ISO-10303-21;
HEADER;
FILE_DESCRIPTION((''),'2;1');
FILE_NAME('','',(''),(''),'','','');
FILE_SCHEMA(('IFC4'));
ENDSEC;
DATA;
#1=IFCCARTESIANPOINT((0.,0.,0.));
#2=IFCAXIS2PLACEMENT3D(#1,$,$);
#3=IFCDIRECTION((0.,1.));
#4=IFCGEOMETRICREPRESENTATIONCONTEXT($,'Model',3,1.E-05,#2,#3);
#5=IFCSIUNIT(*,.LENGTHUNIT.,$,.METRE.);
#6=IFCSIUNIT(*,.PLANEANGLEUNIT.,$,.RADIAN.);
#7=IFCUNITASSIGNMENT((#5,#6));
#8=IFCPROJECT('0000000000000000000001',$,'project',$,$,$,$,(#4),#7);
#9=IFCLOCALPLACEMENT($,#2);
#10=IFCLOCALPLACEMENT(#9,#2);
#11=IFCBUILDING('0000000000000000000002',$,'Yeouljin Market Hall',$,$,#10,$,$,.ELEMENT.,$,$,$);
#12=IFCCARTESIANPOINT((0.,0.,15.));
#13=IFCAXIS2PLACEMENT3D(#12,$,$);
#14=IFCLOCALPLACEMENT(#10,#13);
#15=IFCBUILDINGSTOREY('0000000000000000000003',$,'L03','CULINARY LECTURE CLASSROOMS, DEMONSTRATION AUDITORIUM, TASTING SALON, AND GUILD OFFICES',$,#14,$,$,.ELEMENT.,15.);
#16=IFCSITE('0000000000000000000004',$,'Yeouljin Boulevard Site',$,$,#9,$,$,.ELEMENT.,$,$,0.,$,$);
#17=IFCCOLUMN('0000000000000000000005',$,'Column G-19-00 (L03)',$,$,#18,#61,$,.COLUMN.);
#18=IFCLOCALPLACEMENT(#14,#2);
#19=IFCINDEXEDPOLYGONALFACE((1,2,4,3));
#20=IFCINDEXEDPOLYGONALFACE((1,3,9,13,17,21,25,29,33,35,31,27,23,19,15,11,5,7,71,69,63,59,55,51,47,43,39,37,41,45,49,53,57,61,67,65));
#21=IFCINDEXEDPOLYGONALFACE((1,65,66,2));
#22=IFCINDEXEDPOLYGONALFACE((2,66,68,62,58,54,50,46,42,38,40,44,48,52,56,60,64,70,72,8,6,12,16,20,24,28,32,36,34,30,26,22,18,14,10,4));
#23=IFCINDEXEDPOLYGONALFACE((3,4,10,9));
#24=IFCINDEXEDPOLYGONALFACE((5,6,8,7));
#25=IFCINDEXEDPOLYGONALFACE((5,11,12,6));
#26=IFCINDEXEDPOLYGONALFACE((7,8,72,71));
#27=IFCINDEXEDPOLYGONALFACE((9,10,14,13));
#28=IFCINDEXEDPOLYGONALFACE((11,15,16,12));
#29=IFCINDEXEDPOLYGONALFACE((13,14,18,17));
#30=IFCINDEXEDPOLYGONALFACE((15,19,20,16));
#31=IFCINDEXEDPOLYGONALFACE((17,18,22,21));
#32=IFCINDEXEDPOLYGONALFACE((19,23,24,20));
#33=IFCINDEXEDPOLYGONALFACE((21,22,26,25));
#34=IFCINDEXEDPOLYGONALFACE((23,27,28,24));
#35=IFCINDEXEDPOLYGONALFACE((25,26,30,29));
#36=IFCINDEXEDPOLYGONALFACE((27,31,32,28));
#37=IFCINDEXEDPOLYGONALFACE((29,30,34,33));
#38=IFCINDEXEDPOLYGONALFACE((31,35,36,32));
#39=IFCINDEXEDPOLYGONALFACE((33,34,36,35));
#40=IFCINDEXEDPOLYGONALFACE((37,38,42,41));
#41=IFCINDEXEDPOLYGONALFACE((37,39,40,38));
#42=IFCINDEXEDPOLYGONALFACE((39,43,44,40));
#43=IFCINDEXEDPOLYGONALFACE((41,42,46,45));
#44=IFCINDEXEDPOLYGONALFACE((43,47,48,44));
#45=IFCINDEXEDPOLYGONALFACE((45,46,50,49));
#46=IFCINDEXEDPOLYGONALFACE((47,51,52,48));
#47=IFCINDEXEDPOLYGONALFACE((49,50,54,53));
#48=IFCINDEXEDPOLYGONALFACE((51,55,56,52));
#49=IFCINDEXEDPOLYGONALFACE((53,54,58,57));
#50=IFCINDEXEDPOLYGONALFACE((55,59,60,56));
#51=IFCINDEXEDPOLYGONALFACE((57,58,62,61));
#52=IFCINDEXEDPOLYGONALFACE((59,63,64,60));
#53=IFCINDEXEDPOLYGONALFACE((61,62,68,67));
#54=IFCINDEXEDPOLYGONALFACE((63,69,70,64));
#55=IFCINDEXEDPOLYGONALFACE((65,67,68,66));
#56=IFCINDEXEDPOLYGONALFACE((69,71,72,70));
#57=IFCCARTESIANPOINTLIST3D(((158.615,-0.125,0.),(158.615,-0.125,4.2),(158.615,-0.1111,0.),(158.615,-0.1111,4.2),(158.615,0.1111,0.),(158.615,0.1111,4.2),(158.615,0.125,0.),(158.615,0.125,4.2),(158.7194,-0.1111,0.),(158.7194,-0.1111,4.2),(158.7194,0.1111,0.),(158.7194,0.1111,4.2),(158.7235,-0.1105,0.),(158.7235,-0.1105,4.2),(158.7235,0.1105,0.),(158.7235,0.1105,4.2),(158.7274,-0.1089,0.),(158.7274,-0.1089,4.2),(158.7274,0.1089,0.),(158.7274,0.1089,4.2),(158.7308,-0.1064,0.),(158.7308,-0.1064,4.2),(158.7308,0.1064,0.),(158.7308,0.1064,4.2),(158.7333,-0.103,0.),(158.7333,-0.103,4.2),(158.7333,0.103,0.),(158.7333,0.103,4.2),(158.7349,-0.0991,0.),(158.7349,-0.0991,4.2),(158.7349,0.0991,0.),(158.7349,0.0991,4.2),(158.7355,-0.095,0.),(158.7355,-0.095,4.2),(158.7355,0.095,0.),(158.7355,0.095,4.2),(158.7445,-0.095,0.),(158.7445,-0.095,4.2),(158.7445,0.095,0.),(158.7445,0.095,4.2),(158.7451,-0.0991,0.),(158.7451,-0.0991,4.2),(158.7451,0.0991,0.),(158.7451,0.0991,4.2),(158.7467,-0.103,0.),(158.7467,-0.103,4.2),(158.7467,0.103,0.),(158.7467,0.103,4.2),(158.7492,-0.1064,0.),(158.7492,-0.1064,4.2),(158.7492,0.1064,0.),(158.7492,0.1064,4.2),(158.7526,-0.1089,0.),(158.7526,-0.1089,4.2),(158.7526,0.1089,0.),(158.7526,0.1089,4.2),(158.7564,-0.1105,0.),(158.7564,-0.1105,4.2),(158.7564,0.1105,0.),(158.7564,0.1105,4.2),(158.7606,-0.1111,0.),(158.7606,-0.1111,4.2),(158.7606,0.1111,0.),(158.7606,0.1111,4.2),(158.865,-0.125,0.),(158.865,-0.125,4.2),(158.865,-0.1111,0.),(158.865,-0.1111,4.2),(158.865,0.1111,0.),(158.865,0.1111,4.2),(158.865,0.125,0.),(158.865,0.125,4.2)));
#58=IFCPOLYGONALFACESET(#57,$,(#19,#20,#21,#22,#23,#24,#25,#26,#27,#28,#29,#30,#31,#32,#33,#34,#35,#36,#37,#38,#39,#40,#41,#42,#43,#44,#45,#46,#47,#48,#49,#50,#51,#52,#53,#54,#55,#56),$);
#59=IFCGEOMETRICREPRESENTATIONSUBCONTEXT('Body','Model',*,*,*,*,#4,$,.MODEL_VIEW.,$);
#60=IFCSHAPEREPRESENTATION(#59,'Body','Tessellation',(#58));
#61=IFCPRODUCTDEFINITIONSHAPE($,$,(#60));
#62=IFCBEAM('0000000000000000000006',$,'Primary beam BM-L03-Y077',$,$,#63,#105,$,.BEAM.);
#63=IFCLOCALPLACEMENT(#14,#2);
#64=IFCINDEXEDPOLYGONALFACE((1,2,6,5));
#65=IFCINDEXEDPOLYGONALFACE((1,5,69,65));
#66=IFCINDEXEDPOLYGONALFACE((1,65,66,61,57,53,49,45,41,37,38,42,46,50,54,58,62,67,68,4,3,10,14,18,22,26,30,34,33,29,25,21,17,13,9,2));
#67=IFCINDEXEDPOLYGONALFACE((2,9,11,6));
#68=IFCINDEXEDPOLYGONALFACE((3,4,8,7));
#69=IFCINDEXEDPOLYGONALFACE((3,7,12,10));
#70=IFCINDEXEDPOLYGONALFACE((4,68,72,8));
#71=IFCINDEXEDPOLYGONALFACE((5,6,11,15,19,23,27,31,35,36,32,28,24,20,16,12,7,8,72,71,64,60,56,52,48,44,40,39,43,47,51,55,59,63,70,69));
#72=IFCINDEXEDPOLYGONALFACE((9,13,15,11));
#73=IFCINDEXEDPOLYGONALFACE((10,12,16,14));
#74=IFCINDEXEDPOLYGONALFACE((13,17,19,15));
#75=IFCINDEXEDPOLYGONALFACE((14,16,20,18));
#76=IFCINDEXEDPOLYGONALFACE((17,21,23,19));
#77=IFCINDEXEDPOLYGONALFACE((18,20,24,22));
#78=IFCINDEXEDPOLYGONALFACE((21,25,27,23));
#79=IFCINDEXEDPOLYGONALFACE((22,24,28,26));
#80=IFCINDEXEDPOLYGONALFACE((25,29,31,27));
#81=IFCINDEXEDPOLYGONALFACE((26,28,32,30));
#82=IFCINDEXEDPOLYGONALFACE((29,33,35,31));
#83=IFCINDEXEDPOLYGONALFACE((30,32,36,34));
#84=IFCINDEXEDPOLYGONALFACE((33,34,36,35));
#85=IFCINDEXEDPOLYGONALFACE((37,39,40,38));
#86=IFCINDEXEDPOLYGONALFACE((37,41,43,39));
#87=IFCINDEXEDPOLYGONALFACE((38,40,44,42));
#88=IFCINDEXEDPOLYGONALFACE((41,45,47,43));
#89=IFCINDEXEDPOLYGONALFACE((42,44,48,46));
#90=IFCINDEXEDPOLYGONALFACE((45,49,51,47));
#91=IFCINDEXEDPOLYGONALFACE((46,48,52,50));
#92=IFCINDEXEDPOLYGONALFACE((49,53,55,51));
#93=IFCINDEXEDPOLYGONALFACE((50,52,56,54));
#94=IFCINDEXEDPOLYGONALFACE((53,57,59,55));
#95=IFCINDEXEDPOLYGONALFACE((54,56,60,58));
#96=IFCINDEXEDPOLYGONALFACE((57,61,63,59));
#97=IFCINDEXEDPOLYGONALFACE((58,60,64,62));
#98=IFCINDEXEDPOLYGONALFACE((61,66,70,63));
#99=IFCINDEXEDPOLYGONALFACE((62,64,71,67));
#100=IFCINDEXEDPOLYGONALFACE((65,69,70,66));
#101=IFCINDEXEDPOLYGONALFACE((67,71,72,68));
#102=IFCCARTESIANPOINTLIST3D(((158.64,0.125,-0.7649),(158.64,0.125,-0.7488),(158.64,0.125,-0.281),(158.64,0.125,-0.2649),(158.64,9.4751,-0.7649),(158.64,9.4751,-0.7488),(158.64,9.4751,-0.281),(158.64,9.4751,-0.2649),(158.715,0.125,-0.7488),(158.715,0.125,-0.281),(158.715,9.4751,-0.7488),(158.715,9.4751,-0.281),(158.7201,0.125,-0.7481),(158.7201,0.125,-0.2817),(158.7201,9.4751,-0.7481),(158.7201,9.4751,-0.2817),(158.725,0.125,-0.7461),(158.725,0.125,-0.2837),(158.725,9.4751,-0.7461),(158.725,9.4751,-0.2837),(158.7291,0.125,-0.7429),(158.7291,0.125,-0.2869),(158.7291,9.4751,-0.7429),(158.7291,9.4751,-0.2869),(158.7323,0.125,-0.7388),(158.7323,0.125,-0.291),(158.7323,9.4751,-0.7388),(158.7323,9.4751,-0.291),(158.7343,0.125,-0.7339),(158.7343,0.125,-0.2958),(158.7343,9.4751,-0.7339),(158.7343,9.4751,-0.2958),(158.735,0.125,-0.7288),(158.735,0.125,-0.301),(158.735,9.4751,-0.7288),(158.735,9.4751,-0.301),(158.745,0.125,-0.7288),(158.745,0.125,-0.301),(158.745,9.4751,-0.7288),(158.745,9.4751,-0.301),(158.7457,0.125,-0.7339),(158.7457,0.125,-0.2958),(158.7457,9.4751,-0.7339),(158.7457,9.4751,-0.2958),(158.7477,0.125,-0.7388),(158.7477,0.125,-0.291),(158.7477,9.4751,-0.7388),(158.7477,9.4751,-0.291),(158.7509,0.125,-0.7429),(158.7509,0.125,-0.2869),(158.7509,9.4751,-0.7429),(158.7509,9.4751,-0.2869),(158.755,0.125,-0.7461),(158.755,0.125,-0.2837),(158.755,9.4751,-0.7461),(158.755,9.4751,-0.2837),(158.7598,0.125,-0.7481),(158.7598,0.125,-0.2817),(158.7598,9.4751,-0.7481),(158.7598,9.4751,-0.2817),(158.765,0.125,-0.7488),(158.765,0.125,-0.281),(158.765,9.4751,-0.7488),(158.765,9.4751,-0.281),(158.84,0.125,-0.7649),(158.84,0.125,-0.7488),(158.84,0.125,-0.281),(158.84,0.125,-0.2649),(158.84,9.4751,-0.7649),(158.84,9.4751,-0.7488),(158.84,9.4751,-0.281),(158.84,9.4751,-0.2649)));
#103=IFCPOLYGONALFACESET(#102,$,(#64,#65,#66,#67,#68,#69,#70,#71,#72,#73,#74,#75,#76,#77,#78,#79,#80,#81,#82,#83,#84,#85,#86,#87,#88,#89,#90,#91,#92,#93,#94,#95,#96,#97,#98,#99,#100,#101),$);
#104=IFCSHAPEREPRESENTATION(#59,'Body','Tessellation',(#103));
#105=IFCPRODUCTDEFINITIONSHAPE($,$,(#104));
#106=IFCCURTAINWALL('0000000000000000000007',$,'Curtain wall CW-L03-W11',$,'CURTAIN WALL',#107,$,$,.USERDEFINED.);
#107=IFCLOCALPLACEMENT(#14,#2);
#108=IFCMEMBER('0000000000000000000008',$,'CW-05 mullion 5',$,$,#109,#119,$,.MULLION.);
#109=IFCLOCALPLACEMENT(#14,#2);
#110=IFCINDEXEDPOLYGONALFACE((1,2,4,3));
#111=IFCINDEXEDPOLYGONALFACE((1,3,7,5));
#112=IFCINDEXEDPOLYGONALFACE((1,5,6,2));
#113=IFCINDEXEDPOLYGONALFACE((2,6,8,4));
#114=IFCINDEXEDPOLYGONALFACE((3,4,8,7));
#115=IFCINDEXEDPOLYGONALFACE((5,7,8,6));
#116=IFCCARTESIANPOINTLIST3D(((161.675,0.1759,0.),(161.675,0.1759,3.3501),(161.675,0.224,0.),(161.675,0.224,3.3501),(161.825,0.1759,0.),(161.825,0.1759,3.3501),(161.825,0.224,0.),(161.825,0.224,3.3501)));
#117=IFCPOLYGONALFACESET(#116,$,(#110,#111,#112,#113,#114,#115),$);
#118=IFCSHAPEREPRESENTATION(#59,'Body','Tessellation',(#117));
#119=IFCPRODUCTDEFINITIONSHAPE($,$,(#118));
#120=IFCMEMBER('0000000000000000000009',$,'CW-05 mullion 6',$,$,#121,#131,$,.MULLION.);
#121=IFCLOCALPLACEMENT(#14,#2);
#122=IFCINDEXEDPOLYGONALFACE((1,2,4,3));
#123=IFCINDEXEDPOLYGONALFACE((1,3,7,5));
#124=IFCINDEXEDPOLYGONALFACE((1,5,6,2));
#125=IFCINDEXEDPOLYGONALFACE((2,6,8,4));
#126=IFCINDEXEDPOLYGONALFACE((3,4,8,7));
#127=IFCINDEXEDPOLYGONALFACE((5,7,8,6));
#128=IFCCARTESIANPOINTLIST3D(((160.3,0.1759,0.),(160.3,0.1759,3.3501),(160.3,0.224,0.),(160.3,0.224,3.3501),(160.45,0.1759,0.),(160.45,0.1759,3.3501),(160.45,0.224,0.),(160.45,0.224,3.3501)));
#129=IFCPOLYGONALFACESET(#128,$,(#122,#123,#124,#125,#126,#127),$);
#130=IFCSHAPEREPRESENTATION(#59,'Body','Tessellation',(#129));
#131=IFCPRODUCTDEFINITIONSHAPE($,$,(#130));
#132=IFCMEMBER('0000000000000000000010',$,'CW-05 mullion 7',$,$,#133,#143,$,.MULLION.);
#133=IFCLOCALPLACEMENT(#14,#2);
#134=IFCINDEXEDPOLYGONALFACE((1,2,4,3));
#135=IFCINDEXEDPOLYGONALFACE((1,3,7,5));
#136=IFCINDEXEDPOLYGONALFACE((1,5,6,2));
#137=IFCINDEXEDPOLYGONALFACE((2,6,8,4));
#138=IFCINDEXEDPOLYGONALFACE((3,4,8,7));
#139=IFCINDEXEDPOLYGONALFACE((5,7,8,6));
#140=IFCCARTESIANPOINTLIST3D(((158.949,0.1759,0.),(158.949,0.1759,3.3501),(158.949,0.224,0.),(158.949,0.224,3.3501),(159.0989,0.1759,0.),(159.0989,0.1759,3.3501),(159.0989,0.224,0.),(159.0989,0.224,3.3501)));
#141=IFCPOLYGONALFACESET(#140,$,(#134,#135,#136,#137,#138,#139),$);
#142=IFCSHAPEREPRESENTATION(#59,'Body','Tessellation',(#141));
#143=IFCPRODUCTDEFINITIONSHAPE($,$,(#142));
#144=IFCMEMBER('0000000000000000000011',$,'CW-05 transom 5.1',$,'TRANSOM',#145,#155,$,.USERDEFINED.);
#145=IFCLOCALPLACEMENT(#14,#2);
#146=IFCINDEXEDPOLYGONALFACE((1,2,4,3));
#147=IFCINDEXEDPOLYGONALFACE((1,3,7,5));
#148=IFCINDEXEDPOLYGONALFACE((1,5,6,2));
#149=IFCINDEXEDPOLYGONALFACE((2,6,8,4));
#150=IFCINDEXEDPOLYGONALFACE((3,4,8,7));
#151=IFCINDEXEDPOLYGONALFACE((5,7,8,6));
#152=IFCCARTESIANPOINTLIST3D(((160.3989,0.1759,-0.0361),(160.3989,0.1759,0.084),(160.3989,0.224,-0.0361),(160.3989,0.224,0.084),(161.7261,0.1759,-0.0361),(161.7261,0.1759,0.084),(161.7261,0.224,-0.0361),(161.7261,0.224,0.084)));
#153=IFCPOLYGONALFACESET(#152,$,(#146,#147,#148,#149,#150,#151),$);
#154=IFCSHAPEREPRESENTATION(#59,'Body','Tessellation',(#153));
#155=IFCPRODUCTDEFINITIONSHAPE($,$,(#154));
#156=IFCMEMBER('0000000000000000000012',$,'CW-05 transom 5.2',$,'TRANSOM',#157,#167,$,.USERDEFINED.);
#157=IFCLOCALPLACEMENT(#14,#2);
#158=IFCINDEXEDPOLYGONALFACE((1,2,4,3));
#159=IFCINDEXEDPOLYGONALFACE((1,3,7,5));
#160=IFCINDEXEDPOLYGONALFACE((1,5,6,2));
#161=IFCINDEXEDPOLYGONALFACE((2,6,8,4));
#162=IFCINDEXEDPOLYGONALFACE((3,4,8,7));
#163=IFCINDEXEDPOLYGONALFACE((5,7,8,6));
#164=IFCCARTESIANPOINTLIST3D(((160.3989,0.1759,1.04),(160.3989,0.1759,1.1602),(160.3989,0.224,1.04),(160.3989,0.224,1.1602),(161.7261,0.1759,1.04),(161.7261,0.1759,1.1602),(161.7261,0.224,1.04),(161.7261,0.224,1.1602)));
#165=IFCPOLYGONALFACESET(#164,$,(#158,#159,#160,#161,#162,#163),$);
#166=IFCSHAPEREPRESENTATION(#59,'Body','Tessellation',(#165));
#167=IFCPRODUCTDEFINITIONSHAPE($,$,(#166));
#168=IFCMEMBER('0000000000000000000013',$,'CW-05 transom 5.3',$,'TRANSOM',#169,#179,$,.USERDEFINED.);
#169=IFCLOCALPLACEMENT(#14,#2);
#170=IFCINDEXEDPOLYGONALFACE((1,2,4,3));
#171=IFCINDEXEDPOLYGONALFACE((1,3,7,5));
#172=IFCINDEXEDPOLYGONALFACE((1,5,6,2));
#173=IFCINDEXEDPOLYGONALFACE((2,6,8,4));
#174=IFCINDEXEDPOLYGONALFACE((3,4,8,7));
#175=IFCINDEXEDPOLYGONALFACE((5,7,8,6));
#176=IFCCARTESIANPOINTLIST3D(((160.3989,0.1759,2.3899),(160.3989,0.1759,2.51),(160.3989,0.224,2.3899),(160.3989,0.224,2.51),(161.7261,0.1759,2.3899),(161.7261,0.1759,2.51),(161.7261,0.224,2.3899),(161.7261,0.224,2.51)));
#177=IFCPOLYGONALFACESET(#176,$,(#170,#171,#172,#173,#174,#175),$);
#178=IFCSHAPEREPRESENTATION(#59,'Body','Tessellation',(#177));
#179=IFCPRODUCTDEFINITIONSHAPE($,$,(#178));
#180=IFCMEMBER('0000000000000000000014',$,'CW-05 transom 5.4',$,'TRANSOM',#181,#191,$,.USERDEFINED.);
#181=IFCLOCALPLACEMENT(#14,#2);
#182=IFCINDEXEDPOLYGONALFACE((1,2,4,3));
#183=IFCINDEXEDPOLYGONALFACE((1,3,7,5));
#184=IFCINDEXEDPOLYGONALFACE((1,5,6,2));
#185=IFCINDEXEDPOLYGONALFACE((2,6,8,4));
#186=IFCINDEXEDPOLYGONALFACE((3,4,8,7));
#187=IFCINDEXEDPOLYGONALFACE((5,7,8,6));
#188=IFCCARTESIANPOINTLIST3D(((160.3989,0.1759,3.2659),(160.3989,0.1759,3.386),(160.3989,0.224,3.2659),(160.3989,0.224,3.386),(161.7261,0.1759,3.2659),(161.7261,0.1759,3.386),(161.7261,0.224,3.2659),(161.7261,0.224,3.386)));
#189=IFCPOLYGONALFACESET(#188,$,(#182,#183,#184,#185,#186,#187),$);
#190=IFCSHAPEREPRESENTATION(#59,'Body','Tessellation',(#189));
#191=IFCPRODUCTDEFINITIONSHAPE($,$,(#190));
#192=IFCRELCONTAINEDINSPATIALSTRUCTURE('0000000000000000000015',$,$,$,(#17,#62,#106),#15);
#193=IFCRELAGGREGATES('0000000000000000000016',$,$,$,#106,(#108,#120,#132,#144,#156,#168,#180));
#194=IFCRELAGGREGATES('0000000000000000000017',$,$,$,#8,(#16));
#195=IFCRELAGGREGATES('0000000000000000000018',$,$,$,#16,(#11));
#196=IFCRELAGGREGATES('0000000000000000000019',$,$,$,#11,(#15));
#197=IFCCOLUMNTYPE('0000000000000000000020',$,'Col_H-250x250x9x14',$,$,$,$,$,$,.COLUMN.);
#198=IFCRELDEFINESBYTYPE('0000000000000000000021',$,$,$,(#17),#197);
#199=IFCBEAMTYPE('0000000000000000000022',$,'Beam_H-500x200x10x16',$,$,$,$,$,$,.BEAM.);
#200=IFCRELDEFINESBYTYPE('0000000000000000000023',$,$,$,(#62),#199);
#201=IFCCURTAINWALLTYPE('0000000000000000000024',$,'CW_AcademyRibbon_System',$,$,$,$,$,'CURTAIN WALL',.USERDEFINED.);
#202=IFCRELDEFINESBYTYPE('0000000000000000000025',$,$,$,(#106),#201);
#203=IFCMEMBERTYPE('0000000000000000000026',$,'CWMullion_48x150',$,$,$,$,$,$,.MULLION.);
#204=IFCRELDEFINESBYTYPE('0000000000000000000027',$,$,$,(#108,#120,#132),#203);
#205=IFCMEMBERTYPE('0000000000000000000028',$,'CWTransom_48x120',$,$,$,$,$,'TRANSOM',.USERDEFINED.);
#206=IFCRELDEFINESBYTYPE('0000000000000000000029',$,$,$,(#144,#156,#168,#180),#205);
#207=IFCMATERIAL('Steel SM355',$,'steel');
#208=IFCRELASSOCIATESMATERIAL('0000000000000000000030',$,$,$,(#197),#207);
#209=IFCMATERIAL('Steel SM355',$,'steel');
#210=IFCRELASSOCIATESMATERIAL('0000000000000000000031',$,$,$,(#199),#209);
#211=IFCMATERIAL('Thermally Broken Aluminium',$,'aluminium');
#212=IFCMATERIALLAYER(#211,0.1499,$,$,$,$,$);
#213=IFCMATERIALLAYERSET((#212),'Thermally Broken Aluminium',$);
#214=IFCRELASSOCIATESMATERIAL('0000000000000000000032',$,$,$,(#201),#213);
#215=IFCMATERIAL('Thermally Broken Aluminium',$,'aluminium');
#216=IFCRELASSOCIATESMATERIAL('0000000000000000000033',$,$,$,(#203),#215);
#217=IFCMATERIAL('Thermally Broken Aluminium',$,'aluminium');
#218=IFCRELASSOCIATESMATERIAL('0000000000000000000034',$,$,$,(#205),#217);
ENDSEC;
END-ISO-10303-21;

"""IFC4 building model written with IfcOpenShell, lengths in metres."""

from ifc_helpers import new_model, si_unit, direction, frame, origin, origin_2d, place, context, subcontext, project, spatial, rectangle, i_section, extrude, material, layer, layer_set, material_profile, profile_set, type_object, element, aggregate, save


model = new_model("IFC4")

# Units and contexts
model_context = context("Model", 3, precision=1e-05, world=origin(), true_north=direction((0.0, 1.0)))
body_context = subcontext(model_context, "Body", "Model", "MODEL_VIEW")
ifc_project = project(units=[si_unit("LENGTHUNIT", "METRE"), si_unit("PLANEANGLEUNIT", "RADIAN")], contexts=[model_context])

# Site, building, storey
site_placement = place(None, origin())
site = spatial("IfcSite", under=ifc_project, at=site_placement, Name="Yeouljin Boulevard Site", CompositionType="ELEMENT", RefElevation=0.0)
building_placement = place(site_placement, origin())
building = spatial("IfcBuilding", under=site, at=building_placement, Name="Yeouljin Market Hall", CompositionType="ELEMENT")
storey_placement = place(building_placement, frame((0.0, 0.0, 15.0)))
storey = spatial("IfcBuildingStorey", under=building, at=storey_placement, Name="L03", Description="CULINARY LECTURE CLASSROOMS, DEMONSTRATION AUDITORIUM, TASTING SALON, AND GUILD OFFICES", CompositionType="ELEMENT", Elevation=15.0)

# Column
ifc_material_1 = material(Name="Steel SM355", Category="steel")
ifc_material_profile_1 = material_profile(ifc_material_1, i_section(OverallWidth=0.25, OverallDepth=0.25, WebThickness=0.009, FlangeThickness=0.0139, FilletRadius=0.0161, at=origin_2d()), Name="H-250x250x9x14")
ifc_profile_set_1 = profile_set([ifc_material_profile_1], Name="Steel SM355")
column_type = type_object("IfcColumnType", Name="Col_H-250x250x9x14", PredefinedType="COLUMN", material=ifc_profile_set_1)
column_placement = place(storey_placement, frame((158.74, 0.0, 0.0), z_axis=(0.0, 0.0, 1.0), x_axis=(1.0, 0.0, 0.0)))
element("IfcColumn", 1, at=column_placement, inside=storey, type_object=column_type, Name="Column G-19-00 (L03)", PredefinedType="COLUMN", context=body_context, shape_type="SweptSolid", body=[
    extrude(i_section(OverallWidth=0.25, OverallDepth=0.25, WebThickness=0.009, FlangeThickness=0.0139, FilletRadius=0.0161, at=origin_2d()), origin(), (0.0, 0.0, 1.0), 4.2),
])

# Beam
ifc_material_2 = material(Name="Steel SM355", Category="steel")
ifc_material_profile_2 = material_profile(ifc_material_2, i_section(OverallWidth=0.2, OverallDepth=0.5, WebThickness=0.01, FlangeThickness=0.0161, FilletRadius=0.02, at=origin_2d()), Name="H-500x200x10x16")
ifc_profile_set_2 = profile_set([ifc_material_profile_2], Name="Steel SM355")
beam_type_1 = type_object("IfcBeamType", Name="Beam_H-500x200x10x16", PredefinedType="BEAM", material=ifc_profile_set_2)
beam_1_placement = place(storey_placement, frame((158.74, 0.125, -0.5149), z_axis=(0.0, 1.0, 0.0), x_axis=(-1.0, 0.0, 0.0)))
element("IfcBeam", 2, at=beam_1_placement, inside=storey, type_object=beam_type_1, Name="Primary beam BM-L03-Y077", PredefinedType="BEAM", context=body_context, shape_type="SweptSolid", body=[
    extrude(i_section(OverallWidth=0.2, OverallDepth=0.5, WebThickness=0.01, FlangeThickness=0.0161, FilletRadius=0.02, at=origin_2d()), origin(), (0.0, 0.0, 1.0), 9.3501),
])

# Curtain wall, members
ifc_material_3 = material(Name="Thermally Broken Aluminium", Category="aluminium")
ifc_layer_1 = layer(ifc_material_3, 0.1499)
ifc_layer_set_1 = layer_set([ifc_layer_1], Name="Thermally Broken Aluminium")
curtain_wall_type = type_object("IfcCurtainWallType", Name="CW_AcademyRibbon_System", ElementType="CURTAIN WALL", PredefinedType="USERDEFINED", material=ifc_layer_set_1)
curtain_wall_placement = place(storey_placement, origin())
curtain_wall = element("IfcCurtainWall", 3, at=curtain_wall_placement, inside=storey, type_object=curtain_wall_type, Name="Curtain wall CW-L03-W11", ObjectType="CURTAIN WALL", PredefinedType="USERDEFINED")
ifc_material_4 = material(Name="Thermally Broken Aluminium", Category="aluminium")
ifc_material_profile_3 = material_profile(ifc_material_4, rectangle(XDim=0.0481, YDim=0.1499, at=origin_2d()), Name="CW-MULL-48x150")
ifc_profile_set_3 = profile_set([ifc_material_profile_3], Name="Thermally Broken Aluminium")
member_type_1 = type_object("IfcMemberType", Name="CWMullion_48x150", PredefinedType="MULLION", material=ifc_profile_set_3)
member_1_placement = place(storey_placement, frame((161.75, 0.2, 0.0), z_axis=(0.0, 0.0, 1.0), x_axis=(0.0, -1.0, 0.0)))
member_1 = element("IfcMember", 4, at=member_1_placement, type_object=member_type_1, Name="CW-05 mullion 5", PredefinedType="MULLION", context=body_context, shape_type="SweptSolid", body=[
    extrude(rectangle(XDim=0.0481, YDim=0.1499, at=origin_2d()), origin(), (0.0, 0.0, 1.0), 3.3501),
])
member_2_placement = place(storey_placement, frame((160.375, 0.2, 0.0), z_axis=(0.0, 0.0, 1.0), x_axis=(0.0, -1.0, 0.0)))
member_2 = element("IfcMember", 5, at=member_2_placement, type_object=member_type_1, Name="CW-05 mullion 6", PredefinedType="MULLION", context=body_context, shape_type="SweptSolid", body=[
    extrude(rectangle(XDim=0.0481, YDim=0.1499, at=origin_2d()), origin(), (0.0, 0.0, 1.0), 3.3501),
])
member_3_placement = place(storey_placement, frame((159.0239, 0.2, 0.0), z_axis=(0.0, 0.0, 1.0), x_axis=(0.0, -1.0, 0.0)))
member_3 = element("IfcMember", 6, at=member_3_placement, type_object=member_type_1, Name="CW-05 mullion 7", PredefinedType="MULLION", context=body_context, shape_type="SweptSolid", body=[
    extrude(rectangle(XDim=0.0481, YDim=0.1499, at=origin_2d()), origin(), (0.0, 0.0, 1.0), 3.3501),
])
ifc_material_5 = material(Name="Thermally Broken Aluminium", Category="aluminium")
ifc_material_profile_4 = material_profile(ifc_material_5, rectangle(XDim=0.0481, YDim=0.1201, at=origin_2d()), Name="CW-TRAN-48x120")
ifc_profile_set_4 = profile_set([ifc_material_profile_4], Name="Thermally Broken Aluminium")
member_type_2 = type_object("IfcMemberType", Name="CWTransom_48x120", ElementType="TRANSOM", PredefinedType="USERDEFINED", material=ifc_profile_set_4)
member_4_placement = place(storey_placement, frame((161.7261, 0.2, 0.0239), z_axis=(-1.0, 0.0, 0.0), x_axis=(0.0, -1.0, 0.0)))
member_4 = element("IfcMember", 7, at=member_4_placement, type_object=member_type_2, Name="CW-05 transom 5.1", ObjectType="TRANSOM", PredefinedType="USERDEFINED", context=body_context, shape_type="SweptSolid", body=[
    extrude(rectangle(XDim=0.0481, YDim=0.1201, at=origin_2d()), origin(), (0.0, 0.0, 1.0), 1.3271),
])
member_5_placement = place(storey_placement, frame((161.7261, 0.2, 1.1001), z_axis=(-1.0, 0.0, 0.0), x_axis=(0.0, -1.0, 0.0)))
member_5 = element("IfcMember", 8, at=member_5_placement, type_object=member_type_2, Name="CW-05 transom 5.2", ObjectType="TRANSOM", PredefinedType="USERDEFINED", context=body_context, shape_type="SweptSolid", body=[
    extrude(rectangle(XDim=0.0481, YDim=0.1201, at=origin_2d()), origin(), (0.0, 0.0, 1.0), 1.3271),
])
member_6_placement = place(storey_placement, frame((161.7261, 0.2, 2.45), z_axis=(-1.0, 0.0, 0.0), x_axis=(0.0, -1.0, 0.0)))
member_6 = element("IfcMember", 9, at=member_6_placement, type_object=member_type_2, Name="CW-05 transom 5.3", ObjectType="TRANSOM", PredefinedType="USERDEFINED", context=body_context, shape_type="SweptSolid", body=[
    extrude(rectangle(XDim=0.0481, YDim=0.1201, at=origin_2d()), origin(), (0.0, 0.0, 1.0), 1.3271),
])
member_7_placement = place(storey_placement, frame((161.7261, 0.2, 3.3259), z_axis=(-1.0, 0.0, 0.0), x_axis=(0.0, -1.0, 0.0)))
member_7 = element("IfcMember", 10, at=member_7_placement, type_object=member_type_2, Name="CW-05 transom 5.4", ObjectType="TRANSOM", PredefinedType="USERDEFINED", context=body_context, shape_type="SweptSolid", body=[
    extrude(rectangle(XDim=0.0481, YDim=0.1201, at=origin_2d()), origin(), (0.0, 0.0, 1.0), 1.3271),
])

aggregate(curtain_wall, [member_1, member_2, member_3, member_4, member_5, member_6, member_7])

save(model, "model.ifc")
